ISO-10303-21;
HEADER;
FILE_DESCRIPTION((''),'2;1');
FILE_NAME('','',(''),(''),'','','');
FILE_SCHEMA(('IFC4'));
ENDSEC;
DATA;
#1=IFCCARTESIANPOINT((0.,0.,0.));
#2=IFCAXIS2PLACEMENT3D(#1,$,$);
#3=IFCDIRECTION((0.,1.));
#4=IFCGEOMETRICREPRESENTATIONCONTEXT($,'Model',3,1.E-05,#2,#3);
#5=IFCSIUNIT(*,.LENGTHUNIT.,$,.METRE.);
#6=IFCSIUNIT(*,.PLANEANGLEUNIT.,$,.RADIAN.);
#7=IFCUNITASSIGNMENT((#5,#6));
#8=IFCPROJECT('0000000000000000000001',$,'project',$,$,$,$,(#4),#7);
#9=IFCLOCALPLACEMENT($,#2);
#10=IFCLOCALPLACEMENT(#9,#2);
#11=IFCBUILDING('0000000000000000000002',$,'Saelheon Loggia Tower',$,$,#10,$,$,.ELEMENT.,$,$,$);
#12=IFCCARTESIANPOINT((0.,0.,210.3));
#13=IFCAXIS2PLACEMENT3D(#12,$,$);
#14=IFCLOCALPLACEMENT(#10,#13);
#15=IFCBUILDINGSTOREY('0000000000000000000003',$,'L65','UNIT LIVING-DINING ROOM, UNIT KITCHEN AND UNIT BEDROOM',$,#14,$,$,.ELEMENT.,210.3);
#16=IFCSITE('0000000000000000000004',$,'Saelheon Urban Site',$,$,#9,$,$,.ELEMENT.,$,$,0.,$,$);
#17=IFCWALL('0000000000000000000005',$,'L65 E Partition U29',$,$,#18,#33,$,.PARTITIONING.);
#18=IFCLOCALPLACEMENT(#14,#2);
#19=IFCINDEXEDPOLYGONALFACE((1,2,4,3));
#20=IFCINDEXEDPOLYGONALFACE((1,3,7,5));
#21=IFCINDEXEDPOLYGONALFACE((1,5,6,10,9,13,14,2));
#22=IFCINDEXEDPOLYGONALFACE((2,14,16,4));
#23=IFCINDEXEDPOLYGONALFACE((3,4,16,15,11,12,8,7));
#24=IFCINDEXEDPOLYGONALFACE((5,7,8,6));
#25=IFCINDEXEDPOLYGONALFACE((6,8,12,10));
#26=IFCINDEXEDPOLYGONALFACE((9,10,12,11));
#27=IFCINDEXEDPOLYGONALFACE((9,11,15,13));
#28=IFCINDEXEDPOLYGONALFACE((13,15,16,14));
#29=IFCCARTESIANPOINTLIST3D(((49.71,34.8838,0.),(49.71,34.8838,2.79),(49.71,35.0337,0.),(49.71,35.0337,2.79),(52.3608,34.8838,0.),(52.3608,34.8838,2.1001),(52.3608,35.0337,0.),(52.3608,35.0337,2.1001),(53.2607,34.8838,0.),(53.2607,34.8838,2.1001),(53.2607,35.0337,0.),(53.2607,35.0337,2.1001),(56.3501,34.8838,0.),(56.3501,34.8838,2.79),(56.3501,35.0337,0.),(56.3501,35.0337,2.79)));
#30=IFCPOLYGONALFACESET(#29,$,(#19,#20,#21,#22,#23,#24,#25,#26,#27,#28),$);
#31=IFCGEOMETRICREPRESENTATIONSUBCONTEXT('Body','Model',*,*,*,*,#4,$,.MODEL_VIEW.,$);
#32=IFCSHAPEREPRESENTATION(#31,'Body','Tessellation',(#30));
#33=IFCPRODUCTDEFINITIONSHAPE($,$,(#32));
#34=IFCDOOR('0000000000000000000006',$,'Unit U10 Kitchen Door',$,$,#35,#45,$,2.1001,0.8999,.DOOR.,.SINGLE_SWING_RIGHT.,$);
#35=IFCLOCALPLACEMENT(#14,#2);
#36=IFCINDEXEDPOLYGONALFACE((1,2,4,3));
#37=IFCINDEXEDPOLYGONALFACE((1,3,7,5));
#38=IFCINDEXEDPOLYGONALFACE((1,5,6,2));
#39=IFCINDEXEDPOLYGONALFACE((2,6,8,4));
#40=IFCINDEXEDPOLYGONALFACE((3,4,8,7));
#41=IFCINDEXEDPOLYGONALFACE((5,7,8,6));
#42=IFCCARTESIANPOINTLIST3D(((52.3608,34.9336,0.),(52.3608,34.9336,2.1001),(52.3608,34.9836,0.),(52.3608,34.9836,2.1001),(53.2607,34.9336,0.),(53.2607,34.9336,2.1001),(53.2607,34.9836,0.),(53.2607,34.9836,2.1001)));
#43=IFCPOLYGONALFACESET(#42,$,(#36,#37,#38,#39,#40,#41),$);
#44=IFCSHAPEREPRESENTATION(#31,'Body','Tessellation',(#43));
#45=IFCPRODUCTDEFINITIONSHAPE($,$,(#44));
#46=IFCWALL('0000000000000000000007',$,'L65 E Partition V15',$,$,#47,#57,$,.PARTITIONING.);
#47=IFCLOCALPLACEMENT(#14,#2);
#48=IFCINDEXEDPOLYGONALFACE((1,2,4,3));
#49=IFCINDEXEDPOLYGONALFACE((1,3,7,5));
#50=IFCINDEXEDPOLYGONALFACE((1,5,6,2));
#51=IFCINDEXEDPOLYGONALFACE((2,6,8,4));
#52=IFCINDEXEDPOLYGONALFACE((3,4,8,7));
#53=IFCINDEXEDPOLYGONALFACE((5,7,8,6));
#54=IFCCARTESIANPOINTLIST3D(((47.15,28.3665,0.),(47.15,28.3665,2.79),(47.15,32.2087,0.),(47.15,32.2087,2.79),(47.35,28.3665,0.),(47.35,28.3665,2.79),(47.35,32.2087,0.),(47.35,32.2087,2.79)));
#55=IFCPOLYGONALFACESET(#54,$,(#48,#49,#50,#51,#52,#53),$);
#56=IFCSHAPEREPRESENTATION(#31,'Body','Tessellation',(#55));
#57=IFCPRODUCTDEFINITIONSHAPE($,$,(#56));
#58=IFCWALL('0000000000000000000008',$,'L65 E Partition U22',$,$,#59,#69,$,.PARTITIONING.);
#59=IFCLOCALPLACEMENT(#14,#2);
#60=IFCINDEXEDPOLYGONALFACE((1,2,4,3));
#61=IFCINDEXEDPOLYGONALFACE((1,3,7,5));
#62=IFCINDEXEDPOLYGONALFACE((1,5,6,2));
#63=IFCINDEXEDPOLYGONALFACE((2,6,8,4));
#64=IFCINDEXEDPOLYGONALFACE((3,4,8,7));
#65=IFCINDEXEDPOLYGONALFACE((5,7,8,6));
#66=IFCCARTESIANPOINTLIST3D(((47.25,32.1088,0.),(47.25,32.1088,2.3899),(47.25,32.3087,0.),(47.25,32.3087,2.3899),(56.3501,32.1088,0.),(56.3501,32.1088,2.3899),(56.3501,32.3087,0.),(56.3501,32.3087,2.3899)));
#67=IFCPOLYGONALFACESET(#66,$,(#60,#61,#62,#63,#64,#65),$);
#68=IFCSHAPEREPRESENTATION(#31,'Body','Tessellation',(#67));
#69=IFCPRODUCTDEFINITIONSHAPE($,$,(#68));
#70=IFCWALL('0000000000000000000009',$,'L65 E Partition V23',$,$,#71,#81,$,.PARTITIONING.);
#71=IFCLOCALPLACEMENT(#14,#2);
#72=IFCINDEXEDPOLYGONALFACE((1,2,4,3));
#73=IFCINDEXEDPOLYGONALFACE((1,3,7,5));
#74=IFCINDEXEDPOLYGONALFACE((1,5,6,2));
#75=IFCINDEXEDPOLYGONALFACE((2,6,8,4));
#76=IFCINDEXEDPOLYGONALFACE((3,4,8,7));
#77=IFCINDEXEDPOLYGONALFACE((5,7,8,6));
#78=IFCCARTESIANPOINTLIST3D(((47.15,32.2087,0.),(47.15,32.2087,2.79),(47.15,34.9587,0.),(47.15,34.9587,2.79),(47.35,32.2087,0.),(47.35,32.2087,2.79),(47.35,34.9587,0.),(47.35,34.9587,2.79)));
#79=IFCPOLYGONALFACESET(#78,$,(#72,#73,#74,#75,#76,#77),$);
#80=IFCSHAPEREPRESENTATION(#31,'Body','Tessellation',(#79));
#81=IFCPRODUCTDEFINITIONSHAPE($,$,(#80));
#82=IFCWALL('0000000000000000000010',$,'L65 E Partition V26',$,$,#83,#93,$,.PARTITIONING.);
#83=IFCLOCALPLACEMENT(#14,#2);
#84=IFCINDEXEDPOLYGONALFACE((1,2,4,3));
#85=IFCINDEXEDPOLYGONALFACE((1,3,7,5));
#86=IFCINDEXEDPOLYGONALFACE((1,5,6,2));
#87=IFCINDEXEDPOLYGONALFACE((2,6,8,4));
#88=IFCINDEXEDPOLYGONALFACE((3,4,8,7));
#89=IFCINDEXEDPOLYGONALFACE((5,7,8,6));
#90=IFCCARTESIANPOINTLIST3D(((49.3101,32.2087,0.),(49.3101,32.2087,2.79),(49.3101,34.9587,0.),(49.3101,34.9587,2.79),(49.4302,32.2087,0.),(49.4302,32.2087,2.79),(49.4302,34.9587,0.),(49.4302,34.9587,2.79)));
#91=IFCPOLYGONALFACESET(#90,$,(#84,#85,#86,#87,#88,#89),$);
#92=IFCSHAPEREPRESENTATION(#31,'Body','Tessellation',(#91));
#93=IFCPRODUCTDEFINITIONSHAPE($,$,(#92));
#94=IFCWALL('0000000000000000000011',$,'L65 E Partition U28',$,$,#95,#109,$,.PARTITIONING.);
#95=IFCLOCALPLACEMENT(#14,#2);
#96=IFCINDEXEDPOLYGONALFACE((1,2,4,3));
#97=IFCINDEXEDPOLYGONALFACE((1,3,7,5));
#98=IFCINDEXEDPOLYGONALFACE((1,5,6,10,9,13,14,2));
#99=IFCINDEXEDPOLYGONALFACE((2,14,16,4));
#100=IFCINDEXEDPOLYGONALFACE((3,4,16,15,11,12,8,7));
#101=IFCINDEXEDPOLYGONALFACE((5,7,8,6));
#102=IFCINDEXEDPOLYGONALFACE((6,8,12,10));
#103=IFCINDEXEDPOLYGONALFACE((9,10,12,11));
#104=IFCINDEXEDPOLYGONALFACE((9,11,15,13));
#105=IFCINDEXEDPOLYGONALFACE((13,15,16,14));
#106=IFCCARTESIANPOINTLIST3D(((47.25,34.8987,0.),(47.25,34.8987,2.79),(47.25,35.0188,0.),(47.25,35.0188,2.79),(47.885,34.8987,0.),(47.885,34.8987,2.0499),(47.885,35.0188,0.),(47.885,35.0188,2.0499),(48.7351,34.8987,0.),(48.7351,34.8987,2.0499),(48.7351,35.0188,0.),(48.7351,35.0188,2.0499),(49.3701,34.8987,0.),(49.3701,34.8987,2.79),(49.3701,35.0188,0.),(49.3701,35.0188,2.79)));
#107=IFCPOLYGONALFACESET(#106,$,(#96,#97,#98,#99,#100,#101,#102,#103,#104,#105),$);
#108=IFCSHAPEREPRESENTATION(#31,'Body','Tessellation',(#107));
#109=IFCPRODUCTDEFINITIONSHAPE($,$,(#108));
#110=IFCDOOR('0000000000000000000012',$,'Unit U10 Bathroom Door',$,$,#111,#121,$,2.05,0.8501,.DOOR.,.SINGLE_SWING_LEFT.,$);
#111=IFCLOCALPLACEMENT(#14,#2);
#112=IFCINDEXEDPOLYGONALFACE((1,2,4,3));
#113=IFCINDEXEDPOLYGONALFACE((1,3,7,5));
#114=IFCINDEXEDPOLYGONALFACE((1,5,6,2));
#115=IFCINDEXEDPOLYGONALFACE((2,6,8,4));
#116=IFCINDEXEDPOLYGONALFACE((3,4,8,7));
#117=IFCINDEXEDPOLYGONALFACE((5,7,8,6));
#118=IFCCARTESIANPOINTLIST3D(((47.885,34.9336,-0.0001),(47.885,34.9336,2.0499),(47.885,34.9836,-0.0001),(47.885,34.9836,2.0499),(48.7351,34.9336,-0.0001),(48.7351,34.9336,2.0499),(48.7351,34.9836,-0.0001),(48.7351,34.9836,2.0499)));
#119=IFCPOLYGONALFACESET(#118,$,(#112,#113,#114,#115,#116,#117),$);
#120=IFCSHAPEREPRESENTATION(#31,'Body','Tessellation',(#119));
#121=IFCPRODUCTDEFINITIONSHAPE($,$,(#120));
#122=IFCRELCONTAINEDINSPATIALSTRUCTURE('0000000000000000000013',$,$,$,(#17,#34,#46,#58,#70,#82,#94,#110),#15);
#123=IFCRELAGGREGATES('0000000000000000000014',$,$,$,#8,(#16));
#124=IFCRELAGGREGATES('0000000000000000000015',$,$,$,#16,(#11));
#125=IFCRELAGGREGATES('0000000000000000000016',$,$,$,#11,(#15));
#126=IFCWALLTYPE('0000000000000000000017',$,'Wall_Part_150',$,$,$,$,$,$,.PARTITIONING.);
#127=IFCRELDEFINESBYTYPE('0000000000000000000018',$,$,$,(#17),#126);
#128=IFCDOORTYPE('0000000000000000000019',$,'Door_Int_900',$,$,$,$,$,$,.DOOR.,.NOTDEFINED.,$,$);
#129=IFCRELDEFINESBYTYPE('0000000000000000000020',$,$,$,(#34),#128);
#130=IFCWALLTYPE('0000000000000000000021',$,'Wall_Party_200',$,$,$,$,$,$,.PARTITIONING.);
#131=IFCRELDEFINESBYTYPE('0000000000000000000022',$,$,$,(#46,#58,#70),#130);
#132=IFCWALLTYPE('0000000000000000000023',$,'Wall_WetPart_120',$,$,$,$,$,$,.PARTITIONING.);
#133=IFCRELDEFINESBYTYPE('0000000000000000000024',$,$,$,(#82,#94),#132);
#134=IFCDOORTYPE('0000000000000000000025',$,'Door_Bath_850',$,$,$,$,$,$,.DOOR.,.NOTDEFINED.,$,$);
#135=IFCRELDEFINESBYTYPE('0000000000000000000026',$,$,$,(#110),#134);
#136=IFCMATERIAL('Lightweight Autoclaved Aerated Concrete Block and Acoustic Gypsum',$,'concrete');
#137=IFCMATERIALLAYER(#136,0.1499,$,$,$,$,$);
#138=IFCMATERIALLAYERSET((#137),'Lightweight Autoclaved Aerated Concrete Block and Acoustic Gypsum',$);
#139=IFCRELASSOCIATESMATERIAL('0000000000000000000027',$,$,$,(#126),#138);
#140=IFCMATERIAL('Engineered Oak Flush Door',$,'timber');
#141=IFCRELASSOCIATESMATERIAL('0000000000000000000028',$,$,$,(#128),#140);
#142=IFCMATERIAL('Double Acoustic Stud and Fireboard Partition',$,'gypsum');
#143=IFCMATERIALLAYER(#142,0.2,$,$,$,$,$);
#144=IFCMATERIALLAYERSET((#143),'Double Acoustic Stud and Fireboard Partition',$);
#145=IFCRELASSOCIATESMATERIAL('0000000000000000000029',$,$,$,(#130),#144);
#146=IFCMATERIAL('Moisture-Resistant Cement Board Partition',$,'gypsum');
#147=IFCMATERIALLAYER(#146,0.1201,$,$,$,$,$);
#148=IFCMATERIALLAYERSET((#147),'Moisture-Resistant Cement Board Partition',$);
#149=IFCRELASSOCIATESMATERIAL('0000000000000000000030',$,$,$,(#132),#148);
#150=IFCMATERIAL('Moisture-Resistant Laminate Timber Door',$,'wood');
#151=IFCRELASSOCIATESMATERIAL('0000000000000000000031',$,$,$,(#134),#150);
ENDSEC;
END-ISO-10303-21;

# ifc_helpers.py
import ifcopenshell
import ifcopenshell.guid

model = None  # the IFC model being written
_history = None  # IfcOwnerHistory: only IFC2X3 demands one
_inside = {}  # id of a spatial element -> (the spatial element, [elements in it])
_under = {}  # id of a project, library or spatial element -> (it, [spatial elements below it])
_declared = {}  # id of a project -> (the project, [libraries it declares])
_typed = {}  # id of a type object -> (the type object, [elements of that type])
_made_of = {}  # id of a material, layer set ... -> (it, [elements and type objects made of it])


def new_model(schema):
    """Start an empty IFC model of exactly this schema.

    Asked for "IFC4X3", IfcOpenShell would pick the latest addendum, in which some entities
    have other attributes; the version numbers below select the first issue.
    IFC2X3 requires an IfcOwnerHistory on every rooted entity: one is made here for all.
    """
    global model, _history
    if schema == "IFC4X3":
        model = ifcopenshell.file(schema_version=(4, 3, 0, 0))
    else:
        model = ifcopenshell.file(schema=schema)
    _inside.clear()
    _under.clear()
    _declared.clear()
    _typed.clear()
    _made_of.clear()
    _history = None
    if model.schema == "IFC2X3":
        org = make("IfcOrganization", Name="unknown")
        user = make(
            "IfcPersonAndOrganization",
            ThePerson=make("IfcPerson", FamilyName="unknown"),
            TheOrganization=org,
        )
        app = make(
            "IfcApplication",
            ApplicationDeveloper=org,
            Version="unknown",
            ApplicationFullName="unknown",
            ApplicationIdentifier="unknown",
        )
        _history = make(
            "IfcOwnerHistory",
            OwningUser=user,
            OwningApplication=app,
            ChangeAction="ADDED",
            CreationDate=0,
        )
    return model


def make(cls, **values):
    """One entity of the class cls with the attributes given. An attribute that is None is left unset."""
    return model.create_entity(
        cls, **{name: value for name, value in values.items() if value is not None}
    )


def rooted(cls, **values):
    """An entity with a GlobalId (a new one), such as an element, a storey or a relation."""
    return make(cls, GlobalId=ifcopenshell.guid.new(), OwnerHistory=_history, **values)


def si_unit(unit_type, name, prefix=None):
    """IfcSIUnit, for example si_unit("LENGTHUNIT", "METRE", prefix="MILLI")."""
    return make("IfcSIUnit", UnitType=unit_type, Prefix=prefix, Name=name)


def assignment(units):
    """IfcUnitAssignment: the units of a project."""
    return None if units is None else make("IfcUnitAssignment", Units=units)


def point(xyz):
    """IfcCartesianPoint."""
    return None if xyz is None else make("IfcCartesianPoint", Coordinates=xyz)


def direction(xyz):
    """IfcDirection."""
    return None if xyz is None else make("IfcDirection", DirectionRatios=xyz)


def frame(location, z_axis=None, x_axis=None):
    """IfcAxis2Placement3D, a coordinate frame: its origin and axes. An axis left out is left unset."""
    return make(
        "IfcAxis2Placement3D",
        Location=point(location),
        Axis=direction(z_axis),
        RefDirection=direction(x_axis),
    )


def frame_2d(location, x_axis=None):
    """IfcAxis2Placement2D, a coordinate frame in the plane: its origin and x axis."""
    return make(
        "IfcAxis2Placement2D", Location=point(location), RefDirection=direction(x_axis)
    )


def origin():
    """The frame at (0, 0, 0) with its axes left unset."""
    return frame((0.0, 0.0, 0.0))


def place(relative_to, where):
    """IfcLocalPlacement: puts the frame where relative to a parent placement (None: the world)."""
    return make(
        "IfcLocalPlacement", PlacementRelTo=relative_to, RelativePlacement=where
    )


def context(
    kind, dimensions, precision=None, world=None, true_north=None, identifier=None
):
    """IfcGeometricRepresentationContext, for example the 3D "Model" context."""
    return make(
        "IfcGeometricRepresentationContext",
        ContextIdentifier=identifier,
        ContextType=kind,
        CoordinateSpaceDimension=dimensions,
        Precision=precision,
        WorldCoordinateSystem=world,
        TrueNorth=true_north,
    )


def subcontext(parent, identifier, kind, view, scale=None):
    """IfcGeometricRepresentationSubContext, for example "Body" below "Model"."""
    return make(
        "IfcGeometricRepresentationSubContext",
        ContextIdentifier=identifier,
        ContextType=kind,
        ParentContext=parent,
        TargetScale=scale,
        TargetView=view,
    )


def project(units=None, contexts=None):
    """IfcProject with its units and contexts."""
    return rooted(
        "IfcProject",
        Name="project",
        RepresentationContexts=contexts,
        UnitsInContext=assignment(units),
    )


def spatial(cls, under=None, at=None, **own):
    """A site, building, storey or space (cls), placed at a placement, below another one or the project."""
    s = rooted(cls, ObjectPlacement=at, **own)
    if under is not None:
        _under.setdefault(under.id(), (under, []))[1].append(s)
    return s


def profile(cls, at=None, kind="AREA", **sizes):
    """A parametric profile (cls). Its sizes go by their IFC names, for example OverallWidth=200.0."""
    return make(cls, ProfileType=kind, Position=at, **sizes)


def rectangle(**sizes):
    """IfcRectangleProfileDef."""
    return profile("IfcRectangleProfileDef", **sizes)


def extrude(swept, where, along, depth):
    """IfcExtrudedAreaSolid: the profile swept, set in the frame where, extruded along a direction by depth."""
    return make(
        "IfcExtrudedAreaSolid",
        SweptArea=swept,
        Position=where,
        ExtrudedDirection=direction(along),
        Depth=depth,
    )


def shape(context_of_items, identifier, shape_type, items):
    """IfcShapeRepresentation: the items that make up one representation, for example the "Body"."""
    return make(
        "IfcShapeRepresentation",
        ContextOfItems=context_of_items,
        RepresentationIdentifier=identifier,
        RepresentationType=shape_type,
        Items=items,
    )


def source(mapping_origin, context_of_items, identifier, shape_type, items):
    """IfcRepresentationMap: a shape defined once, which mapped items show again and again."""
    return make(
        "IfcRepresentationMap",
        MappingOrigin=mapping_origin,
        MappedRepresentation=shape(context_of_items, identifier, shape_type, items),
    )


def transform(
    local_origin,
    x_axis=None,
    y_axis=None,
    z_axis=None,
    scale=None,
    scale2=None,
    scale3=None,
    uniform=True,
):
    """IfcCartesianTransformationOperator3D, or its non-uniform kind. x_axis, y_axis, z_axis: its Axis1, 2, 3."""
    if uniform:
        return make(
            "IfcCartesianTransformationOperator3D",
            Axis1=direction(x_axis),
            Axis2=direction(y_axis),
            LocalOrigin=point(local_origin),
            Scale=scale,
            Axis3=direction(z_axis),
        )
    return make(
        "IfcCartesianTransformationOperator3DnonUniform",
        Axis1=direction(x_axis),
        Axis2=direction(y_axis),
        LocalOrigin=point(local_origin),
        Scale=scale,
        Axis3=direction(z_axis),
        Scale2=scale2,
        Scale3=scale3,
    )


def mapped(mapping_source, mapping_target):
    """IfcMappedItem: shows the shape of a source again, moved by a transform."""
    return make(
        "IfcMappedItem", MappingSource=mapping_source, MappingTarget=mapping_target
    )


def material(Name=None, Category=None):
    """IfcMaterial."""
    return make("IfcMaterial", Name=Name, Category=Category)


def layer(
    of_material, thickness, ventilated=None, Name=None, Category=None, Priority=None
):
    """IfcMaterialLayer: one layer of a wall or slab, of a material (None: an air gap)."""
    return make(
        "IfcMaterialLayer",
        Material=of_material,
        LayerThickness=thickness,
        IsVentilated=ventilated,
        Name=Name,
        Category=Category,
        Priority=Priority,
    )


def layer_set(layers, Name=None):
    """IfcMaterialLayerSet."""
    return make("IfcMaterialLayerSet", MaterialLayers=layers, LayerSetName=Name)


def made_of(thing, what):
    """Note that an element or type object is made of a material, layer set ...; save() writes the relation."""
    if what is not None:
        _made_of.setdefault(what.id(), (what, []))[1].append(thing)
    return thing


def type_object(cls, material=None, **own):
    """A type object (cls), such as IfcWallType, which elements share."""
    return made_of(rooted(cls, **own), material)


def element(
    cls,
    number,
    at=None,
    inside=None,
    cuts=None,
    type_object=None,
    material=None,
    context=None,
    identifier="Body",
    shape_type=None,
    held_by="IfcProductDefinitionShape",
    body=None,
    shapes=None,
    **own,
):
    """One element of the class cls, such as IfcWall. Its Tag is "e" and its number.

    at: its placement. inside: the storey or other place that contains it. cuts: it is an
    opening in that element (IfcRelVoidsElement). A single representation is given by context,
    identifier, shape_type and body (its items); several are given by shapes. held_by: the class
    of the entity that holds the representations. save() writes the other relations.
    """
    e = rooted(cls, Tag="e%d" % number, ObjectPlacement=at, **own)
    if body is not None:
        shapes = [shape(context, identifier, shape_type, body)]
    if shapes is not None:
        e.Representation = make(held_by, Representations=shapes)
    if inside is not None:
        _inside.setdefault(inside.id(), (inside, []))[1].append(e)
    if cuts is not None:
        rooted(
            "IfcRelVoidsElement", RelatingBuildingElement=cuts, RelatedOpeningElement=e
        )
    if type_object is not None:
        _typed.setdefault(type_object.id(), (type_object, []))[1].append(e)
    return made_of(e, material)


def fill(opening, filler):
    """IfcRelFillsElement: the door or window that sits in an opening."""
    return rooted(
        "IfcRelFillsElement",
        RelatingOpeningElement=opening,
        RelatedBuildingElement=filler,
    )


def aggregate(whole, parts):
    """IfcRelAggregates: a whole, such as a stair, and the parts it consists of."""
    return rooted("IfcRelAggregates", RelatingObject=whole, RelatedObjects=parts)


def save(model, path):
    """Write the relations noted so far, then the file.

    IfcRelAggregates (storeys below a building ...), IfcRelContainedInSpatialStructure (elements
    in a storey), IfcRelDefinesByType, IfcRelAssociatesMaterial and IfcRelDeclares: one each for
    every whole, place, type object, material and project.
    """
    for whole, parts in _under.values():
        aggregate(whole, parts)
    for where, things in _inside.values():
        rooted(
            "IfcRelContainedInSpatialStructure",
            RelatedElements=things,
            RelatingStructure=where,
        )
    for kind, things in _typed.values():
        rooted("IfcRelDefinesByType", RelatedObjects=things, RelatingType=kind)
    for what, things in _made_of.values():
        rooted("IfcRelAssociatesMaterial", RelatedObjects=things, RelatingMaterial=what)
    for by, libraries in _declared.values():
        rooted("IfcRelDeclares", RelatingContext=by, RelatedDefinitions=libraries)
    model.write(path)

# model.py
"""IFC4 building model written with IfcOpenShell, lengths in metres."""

from ifc_helpers import new_model, si_unit, direction, frame, frame_2d, origin, place, context, subcontext, project, spatial, rectangle, extrude, source, transform, mapped, material, layer, layer_set, type_object, element, fill, save


model = new_model("IFC4")

# Units and contexts
model_context = context("Model", 3, precision=1e-05, world=origin(), true_north=direction((0.0, 1.0)))
body_context = subcontext(model_context, "Body", "Model", "MODEL_VIEW")
ifc_project = project(units=[si_unit("LENGTHUNIT", "METRE"), si_unit("PLANEANGLEUNIT", "RADIAN")], contexts=[model_context])

# Site, building, storey
site_placement = place(None, origin())
site = spatial("IfcSite", under=ifc_project, at=site_placement, Name="Saelheon Urban Site", CompositionType="ELEMENT", RefElevation=0.0)
building_placement = place(site_placement, origin())
building = spatial("IfcBuilding", under=site, at=building_placement, Name="Saelheon Loggia Tower", CompositionType="ELEMENT")
storey_placement = place(building_placement, frame((0.0, 0.0, 210.3)))
storey = spatial("IfcBuildingStorey", under=building, at=storey_placement, Name="L65", Description="UNIT LIVING-DINING ROOM, UNIT KITCHEN AND UNIT BEDROOM", CompositionType="ELEMENT", Elevation=210.3)

# Shared definitions
ifc_material_1 = material(Name="Lightweight Autoclaved Aerated Concrete Block and Acoustic Gypsum", Category="concrete")
ifc_layer_1 = layer(ifc_material_1, 0.1499)
ifc_layer_set_1 = layer_set([ifc_layer_1], Name="Lightweight Autoclaved Aerated Concrete Block and Acoustic Gypsum")
wall_type_1 = type_object("IfcWallType", Name="Wall_Part_150", PredefinedType="PARTITIONING", material=ifc_layer_set_1)

# Wall, opening, door
ifc_material_2 = material(Name="Engineered Oak Flush Door", Category="timber")
door_type_1 = type_object("IfcDoorType", Name="Door_Int_900", OperationType="NOTDEFINED", PredefinedType="DOOR", material=ifc_material_2)
shared_shape_1 = source(origin(), body_context, "Body", "SweptSolid", [
    extrude(rectangle(XDim=0.8999, YDim=2.1001, at=frame_2d((0.45, 1.05))), frame((0.0, 0.0249, 0.0), z_axis=(0.0, -1.0, 0.0), x_axis=(1.0, 0.0, 0.0)), (0.0, 0.0, 1.0), 0.05),
])
wall_1_placement = place(storey_placement, frame((49.71, 34.9587, 0.0), z_axis=(0.0, 0.0, 1.0), x_axis=(1.0, 0.0, 0.0)))
wall_1 = element("IfcWall", 1, at=wall_1_placement, inside=storey, type_object=wall_type_1, Name="L65 E Partition U29", PredefinedType="PARTITIONING", context=body_context, shape_type="SweptSolid", body=[
    extrude(rectangle(XDim=6.6401, YDim=0.1499, at=frame_2d((3.3201, 0.0))), origin(), (0.0, 0.0, 1.0), 2.79),
])
opening_1_placement = place(wall_1_placement, frame((2.6509, 0.0, 0.0)))
opening_1 = element("IfcOpeningElement", 2, at=opening_1_placement, cuts=wall_1, PredefinedType="OPENING", context=body_context, shape_type="SweptSolid", body=[
    extrude(rectangle(XDim=0.8999, YDim=2.1001, at=frame_2d((0.45, 1.05))), frame((0.0, 0.0869, 0.0), z_axis=(0.0, -1.0, 0.0), x_axis=(1.0, 0.0, 0.0)), (0.0, 0.0, 1.0), 0.1738),
])
door_1_placement = place(opening_1_placement, origin())
door_1 = element("IfcDoor", 3, at=door_1_placement, inside=storey, type_object=door_type_1, Name="Unit U10 Kitchen Door", OperationType="SINGLE_SWING_RIGHT", OverallHeight=2.1001, OverallWidth=0.8999, PredefinedType="DOOR", context=body_context, shape_type="MappedRepresentation", body=[
    mapped(shared_shape_1, transform((0.0, 0.0, 0.0), scale=1.0)),
])
fill(opening_1, door_1)

# Walls
ifc_material_3 = material(Name="Double Acoustic Stud and Fireboard Partition", Category="gypsum")
ifc_layer_2 = layer(ifc_material_3, 0.2)
ifc_layer_set_2 = layer_set([ifc_layer_2], Name="Double Acoustic Stud and Fireboard Partition")
wall_type_2 = type_object("IfcWallType", Name="Wall_Party_200", PredefinedType="PARTITIONING", material=ifc_layer_set_2)
wall_2_placement = place(storey_placement, frame((47.25, 28.3665, 0.0), z_axis=(0.0, 0.0, 1.0), x_axis=(0.0, 1.0, 0.0)))
element("IfcWall", 4, at=wall_2_placement, inside=storey, type_object=wall_type_2, Name="L65 E Partition V15", PredefinedType="PARTITIONING", context=body_context, shape_type="SweptSolid", body=[
    extrude(rectangle(XDim=3.8423, YDim=0.2, at=frame_2d((1.9211, 0.0))), origin(), (0.0, 0.0, 1.0), 2.79),
])
wall_3_placement = place(storey_placement, frame((47.25, 32.2087, 0.0), z_axis=(0.0, 0.0, 1.0), x_axis=(1.0, 0.0, 0.0)))
element("IfcWall", 5, at=wall_3_placement, inside=storey, type_object=wall_type_2, Name="L65 E Partition U22", PredefinedType="PARTITIONING", context=body_context, shape_type="SweptSolid", body=[
    extrude(rectangle(XDim=9.1001, YDim=0.2, at=frame_2d((4.55, 0.0))), origin(), (0.0, 0.0, 1.0), 2.3899),
])
wall_4_placement = place(storey_placement, frame((47.25, 32.2087, 0.0), z_axis=(0.0, 0.0, 1.0), x_axis=(0.0, 1.0, 0.0)))
element("IfcWall", 6, at=wall_4_placement, inside=storey, type_object=wall_type_2, Name="L65 E Partition V23", PredefinedType="PARTITIONING", context=body_context, shape_type="SweptSolid", body=[
    extrude(rectangle(XDim=2.75, YDim=0.2, at=frame_2d((1.375, 0.0))), origin(), (0.0, 0.0, 1.0), 2.79),
])

# Wall
ifc_material_4 = material(Name="Moisture-Resistant Cement Board Partition", Category="gypsum")
ifc_layer_3 = layer(ifc_material_4, 0.1201)
ifc_layer_set_3 = layer_set([ifc_layer_3], Name="Moisture-Resistant Cement Board Partition")
wall_type_3 = type_object("IfcWallType", Name="Wall_WetPart_120", PredefinedType="PARTITIONING", material=ifc_layer_set_3)
wall_5_placement = place(storey_placement, frame((49.3701, 32.2087, 0.0), z_axis=(0.0, 0.0, 1.0), x_axis=(0.0, 1.0, 0.0)))
element("IfcWall", 7, at=wall_5_placement, inside=storey, type_object=wall_type_3, Name="L65 E Partition V26", PredefinedType="PARTITIONING", context=body_context, shape_type="SweptSolid", body=[
    extrude(rectangle(XDim=2.75, YDim=0.1201, at=frame_2d((1.375, 0.0))), origin(), (0.0, 0.0, 1.0), 2.79),
])

# Wall, opening, door
wall_6_placement = place(storey_placement, frame((47.25, 34.9587, 0.0), z_axis=(0.0, 0.0, 1.0), x_axis=(1.0, 0.0, 0.0)))
wall_6 = element("IfcWall", 8, at=wall_6_placement, inside=storey, type_object=wall_type_3, Name="L65 E Partition U28", PredefinedType="PARTITIONING", context=body_context, shape_type="SweptSolid", body=[
    extrude(rectangle(XDim=2.1201, YDim=0.1201, at=frame_2d((1.0601, 0.0))), origin(), (0.0, 0.0, 1.0), 2.79),
])
opening_2_placement = place(wall_6_placement, frame((0.635, 0.0, 0.0)))
opening_2 = element("IfcOpeningElement", 9, at=opening_2_placement, cuts=wall_6, PredefinedType="OPENING", context=body_context, shape_type="SweptSolid", body=[
    extrude(rectangle(XDim=0.8501, YDim=2.05, at=frame_2d((0.425, 1.0249))), frame((0.0, 0.072, 0.0), z_axis=(0.0, -1.0, 0.0), x_axis=(1.0, 0.0, 0.0)), (0.0, 0.0, 1.0), 0.144),
])
ifc_material_5 = material(Name="Moisture-Resistant Laminate Timber Door", Category="wood")
door_type_2 = type_object("IfcDoorType", Name="Door_Bath_850", OperationType="NOTDEFINED", PredefinedType="DOOR", material=ifc_material_5)
shared_shape_2 = source(origin(), body_context, "Body", "SweptSolid", [
    extrude(rectangle(XDim=0.8501, YDim=2.05, at=frame_2d((0.425, 1.0249))), frame((0.0, 0.0249, 0.0), z_axis=(0.0, -1.0, 0.0), x_axis=(1.0, 0.0, 0.0)), (0.0, 0.0, 1.0), 0.05),
])
door_2_placement = place(opening_2_placement, origin())
door_2 = element("IfcDoor", 10, at=door_2_placement, inside=storey, type_object=door_type_2, Name="Unit U10 Bathroom Door", OperationType="SINGLE_SWING_LEFT", OverallHeight=2.05, OverallWidth=0.8501, PredefinedType="DOOR", context=body_context, shape_type="MappedRepresentation", body=[
    mapped(shared_shape_2, transform((0.0, 0.0, 0.0), scale=1.0)),
])
fill(opening_2, door_2)

save(model, "model.ifc")
